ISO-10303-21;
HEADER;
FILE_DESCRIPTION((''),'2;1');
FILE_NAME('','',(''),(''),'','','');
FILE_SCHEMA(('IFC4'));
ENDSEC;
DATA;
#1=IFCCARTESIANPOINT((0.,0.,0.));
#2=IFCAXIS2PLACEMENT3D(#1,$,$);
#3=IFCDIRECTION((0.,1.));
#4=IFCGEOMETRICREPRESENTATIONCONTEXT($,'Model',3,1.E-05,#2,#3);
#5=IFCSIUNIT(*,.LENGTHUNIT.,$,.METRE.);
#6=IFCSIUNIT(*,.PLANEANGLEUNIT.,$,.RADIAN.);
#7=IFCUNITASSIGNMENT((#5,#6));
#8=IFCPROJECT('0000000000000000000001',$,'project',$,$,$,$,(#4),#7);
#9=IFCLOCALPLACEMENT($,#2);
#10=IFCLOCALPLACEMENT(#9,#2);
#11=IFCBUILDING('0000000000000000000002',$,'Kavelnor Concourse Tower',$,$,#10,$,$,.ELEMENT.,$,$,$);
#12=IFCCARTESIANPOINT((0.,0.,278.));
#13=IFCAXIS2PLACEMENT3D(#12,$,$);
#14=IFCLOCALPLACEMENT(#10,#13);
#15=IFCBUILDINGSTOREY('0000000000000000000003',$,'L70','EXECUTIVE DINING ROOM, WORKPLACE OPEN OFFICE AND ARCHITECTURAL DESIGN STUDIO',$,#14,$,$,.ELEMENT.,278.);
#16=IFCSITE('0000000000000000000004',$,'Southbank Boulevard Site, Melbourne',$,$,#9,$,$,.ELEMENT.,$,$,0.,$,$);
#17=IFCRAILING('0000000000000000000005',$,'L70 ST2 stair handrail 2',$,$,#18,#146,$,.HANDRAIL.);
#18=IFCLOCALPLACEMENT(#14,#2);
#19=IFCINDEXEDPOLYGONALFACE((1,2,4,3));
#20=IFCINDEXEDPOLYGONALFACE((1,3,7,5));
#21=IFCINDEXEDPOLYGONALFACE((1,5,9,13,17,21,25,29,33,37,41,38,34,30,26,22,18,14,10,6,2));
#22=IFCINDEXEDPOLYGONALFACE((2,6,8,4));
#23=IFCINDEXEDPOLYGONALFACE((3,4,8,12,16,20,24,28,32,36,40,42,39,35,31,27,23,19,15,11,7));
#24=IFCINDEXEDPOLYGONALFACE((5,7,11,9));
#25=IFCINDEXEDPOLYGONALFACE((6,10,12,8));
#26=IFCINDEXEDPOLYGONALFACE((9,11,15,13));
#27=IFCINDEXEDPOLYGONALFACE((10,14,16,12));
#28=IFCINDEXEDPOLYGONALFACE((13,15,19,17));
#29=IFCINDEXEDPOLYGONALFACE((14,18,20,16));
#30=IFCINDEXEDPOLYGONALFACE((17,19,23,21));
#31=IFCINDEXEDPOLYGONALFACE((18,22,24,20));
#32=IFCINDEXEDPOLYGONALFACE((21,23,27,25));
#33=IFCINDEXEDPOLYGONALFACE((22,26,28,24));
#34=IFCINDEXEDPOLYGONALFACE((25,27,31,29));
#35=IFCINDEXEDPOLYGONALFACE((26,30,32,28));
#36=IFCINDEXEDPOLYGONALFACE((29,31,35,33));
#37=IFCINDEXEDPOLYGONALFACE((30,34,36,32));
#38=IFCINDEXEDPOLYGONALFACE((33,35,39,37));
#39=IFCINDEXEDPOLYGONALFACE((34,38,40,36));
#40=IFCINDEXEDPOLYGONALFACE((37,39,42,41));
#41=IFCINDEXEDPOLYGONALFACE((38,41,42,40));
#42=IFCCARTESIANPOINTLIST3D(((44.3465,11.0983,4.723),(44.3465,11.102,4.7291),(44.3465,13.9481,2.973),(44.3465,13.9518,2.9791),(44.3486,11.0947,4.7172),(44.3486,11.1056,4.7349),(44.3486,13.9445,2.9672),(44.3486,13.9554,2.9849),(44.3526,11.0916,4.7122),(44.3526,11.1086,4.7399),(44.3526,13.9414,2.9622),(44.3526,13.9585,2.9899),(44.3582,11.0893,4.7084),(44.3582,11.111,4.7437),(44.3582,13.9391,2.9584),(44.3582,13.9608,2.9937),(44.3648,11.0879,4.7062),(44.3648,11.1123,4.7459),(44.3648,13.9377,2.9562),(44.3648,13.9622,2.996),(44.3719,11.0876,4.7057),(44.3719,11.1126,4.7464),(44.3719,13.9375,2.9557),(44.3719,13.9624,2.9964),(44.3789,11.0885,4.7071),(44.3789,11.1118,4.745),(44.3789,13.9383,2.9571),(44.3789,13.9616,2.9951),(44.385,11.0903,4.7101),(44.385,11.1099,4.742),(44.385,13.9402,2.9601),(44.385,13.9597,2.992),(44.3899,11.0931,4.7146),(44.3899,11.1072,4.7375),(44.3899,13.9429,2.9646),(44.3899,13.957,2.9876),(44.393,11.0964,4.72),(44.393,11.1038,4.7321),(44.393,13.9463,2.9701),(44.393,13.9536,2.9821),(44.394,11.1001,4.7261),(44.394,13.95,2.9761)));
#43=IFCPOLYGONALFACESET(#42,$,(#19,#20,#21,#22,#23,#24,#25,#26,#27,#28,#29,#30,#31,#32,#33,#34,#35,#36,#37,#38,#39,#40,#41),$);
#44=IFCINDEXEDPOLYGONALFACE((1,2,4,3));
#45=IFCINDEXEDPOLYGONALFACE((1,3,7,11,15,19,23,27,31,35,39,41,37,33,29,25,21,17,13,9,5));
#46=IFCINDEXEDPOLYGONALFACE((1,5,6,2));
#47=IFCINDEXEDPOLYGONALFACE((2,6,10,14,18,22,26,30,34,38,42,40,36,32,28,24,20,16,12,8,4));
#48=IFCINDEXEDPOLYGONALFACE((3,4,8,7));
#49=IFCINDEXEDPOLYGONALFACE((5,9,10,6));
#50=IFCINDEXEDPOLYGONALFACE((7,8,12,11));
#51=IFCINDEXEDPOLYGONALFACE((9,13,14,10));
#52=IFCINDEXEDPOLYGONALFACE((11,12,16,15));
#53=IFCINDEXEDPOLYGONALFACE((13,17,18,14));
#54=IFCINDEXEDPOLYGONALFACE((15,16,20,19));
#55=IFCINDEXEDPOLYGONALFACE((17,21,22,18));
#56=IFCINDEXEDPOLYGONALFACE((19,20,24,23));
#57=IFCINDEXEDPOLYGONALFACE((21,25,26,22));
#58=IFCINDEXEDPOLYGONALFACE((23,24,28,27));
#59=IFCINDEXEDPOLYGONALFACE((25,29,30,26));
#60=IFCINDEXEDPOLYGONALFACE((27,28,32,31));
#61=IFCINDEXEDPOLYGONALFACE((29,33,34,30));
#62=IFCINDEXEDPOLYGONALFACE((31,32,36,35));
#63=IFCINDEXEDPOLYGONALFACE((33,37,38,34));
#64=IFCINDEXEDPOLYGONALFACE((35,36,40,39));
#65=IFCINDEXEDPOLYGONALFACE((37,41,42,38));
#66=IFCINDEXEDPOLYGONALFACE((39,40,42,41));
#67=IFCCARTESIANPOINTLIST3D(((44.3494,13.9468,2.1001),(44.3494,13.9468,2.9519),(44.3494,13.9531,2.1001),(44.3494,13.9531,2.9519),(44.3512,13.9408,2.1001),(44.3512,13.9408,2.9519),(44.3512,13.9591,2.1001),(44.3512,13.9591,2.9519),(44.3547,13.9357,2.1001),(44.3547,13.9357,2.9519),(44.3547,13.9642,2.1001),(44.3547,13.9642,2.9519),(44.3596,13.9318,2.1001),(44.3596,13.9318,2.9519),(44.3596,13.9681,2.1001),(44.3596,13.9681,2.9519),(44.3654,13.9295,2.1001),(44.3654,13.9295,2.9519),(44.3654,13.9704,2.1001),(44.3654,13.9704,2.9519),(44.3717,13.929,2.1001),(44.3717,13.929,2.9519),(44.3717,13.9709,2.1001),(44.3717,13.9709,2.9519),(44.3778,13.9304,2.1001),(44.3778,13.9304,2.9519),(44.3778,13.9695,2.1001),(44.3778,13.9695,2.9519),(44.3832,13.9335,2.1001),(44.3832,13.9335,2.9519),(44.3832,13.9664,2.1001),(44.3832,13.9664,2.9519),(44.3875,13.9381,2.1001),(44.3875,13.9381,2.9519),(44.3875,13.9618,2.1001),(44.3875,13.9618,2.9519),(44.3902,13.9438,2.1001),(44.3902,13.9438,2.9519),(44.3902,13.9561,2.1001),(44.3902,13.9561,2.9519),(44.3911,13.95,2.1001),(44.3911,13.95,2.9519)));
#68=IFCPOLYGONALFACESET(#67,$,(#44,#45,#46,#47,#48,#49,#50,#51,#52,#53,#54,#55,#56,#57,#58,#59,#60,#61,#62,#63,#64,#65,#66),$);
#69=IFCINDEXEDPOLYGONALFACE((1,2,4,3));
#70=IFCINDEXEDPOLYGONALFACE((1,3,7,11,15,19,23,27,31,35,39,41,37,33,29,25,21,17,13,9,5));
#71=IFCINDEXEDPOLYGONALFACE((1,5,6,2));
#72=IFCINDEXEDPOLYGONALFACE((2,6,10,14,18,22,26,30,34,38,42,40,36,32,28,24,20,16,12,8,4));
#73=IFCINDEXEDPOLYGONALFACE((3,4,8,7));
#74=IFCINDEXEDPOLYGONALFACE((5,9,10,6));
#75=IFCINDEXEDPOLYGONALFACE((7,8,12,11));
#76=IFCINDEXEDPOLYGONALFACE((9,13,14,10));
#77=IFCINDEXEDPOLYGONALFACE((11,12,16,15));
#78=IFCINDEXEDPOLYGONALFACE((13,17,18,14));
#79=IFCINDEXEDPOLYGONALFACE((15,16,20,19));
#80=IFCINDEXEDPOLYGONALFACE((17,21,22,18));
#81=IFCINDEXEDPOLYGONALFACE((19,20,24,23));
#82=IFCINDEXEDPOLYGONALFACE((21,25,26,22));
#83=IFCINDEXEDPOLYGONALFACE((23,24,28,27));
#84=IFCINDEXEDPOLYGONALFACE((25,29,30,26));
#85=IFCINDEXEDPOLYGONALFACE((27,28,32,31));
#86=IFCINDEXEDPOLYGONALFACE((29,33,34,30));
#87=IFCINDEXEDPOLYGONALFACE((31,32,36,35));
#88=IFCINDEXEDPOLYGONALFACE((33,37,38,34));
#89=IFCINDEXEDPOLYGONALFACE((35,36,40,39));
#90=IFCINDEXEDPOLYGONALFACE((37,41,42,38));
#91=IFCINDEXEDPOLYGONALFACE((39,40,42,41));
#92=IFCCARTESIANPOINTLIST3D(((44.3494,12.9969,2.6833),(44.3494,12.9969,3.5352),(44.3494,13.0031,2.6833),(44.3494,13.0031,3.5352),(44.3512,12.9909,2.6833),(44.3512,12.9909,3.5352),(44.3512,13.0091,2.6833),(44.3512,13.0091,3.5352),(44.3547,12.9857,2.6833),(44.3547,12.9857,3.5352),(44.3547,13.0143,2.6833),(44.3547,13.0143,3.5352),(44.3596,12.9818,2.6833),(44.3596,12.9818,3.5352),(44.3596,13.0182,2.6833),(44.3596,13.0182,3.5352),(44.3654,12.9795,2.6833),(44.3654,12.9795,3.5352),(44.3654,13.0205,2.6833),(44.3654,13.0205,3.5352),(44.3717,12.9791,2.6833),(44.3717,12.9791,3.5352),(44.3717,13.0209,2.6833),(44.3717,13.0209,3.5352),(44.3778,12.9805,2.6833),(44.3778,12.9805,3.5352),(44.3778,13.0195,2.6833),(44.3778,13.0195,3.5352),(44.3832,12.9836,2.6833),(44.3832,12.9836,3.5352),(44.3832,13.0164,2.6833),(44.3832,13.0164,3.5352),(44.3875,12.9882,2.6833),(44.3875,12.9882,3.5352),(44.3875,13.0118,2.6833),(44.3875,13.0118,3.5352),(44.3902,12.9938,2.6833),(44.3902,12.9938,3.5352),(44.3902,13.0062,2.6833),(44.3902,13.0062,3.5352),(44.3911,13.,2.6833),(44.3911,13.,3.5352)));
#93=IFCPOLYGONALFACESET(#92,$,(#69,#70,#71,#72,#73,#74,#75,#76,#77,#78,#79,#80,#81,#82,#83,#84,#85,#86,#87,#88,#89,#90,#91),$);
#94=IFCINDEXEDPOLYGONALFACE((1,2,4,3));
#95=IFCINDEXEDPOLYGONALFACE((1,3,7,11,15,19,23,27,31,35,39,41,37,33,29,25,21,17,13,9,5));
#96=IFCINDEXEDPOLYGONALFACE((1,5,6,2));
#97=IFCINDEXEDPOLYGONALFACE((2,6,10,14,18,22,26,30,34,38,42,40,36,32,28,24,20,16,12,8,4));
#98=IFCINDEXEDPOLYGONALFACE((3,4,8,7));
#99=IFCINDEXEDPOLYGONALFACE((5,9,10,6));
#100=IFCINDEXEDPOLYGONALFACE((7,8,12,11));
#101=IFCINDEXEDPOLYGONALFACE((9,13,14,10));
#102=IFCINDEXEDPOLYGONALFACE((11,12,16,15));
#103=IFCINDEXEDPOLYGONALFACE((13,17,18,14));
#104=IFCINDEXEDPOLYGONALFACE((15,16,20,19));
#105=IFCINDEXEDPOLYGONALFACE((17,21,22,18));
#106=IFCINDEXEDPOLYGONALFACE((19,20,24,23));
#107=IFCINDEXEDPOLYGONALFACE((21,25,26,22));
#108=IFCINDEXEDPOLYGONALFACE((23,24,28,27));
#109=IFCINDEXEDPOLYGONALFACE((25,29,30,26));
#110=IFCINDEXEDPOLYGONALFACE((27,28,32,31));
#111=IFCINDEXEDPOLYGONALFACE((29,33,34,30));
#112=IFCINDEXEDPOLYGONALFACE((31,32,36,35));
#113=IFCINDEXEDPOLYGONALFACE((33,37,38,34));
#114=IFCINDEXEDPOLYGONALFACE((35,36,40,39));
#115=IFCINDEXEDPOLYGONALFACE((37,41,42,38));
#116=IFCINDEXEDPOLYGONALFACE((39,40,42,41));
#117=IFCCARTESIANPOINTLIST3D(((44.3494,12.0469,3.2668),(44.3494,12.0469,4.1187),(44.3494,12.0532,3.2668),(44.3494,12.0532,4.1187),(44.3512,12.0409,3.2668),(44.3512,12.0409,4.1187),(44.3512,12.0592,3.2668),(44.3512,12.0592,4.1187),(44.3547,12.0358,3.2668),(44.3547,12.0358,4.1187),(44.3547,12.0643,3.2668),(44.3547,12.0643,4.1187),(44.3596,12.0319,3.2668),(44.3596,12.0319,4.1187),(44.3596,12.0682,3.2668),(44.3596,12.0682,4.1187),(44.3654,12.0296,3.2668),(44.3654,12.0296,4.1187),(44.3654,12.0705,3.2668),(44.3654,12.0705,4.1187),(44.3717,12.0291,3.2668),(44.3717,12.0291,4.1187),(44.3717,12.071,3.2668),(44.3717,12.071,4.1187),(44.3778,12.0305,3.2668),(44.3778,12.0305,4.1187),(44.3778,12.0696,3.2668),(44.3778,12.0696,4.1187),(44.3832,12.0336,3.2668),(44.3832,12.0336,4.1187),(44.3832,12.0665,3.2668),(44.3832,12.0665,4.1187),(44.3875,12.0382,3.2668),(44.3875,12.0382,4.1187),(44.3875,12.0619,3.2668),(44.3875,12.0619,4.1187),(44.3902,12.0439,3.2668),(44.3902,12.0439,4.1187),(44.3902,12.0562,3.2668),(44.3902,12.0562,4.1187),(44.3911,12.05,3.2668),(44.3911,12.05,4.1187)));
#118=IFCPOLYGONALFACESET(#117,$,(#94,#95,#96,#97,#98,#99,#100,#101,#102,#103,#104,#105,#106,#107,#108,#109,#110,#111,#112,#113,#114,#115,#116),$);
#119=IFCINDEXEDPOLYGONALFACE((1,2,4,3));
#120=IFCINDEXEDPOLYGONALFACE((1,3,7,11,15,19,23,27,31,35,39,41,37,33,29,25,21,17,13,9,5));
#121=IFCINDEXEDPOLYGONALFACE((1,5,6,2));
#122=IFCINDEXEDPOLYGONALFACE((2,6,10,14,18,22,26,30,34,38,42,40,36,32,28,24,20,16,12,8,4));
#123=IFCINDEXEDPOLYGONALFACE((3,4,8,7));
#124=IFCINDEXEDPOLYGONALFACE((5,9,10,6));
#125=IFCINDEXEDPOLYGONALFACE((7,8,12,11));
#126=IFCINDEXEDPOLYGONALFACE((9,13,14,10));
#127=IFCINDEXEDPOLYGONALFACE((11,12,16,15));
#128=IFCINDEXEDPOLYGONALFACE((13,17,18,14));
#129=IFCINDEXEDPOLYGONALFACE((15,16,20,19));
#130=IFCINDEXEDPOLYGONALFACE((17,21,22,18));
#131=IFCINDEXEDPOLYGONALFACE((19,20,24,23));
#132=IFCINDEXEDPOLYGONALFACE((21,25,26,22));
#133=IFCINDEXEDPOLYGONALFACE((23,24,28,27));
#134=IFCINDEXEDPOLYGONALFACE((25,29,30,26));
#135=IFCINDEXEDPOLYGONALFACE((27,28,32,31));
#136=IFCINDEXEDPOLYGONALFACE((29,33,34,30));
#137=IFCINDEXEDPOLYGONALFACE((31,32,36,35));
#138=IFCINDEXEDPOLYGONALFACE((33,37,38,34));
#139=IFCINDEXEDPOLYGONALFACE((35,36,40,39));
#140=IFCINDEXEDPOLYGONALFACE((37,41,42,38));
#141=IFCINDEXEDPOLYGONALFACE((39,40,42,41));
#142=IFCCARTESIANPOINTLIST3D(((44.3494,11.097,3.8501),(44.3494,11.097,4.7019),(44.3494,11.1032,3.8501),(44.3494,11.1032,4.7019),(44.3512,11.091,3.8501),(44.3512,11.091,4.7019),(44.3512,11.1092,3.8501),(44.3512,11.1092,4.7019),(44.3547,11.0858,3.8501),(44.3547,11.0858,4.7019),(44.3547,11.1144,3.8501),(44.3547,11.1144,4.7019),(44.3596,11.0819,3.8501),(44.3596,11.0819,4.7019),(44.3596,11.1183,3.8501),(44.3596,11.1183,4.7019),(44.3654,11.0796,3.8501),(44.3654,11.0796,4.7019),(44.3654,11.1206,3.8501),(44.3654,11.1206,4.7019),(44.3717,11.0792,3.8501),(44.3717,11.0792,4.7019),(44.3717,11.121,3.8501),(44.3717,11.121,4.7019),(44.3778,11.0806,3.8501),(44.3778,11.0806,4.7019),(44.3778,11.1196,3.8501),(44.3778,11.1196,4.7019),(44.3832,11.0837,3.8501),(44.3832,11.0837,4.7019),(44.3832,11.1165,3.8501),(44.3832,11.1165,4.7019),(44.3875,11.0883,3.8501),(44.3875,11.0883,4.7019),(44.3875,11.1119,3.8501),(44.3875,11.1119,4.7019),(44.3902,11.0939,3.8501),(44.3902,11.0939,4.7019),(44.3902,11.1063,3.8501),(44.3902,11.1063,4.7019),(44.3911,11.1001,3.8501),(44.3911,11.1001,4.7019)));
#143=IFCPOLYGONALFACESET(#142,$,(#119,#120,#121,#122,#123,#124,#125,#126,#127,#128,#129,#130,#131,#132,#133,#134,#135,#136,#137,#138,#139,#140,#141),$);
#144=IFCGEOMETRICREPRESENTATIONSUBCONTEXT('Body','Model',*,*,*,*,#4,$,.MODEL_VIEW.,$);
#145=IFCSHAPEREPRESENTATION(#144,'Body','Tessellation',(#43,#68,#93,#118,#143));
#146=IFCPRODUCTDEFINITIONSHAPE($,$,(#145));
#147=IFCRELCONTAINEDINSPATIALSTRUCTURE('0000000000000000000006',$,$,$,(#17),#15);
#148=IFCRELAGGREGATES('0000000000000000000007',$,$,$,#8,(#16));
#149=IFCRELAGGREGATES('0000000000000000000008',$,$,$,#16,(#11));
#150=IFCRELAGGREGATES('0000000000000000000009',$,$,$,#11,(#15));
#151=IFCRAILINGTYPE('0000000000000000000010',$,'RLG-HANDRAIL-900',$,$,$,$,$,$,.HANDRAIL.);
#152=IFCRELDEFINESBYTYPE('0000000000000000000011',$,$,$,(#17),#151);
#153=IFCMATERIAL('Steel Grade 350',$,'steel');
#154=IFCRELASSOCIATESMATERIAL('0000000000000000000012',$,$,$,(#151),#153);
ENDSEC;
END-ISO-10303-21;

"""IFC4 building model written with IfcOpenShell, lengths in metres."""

from ifc_helpers import new_model, si_unit, direction, frame, origin, origin_2d, place, context, subcontext, project, spatial, circle, extrude, material, type_object, element, save


model = new_model("IFC4")

# Units and contexts
model_context = context("Model", 3, precision=1e-05, world=origin(), true_north=direction((0.0, 1.0)))
body_context = subcontext(model_context, "Body", "Model", "MODEL_VIEW")
ifc_project = project(units=[si_unit("LENGTHUNIT", "METRE"), si_unit("PLANEANGLEUNIT", "RADIAN")], contexts=[model_context])

# Site, building, storey
site_placement = place(None, origin())
site = spatial("IfcSite", under=ifc_project, at=site_placement, Name="Southbank Boulevard Site, Melbourne", CompositionType="ELEMENT", RefElevation=0.0)
building_placement = place(site_placement, origin())
building = spatial("IfcBuilding", under=site, at=building_placement, Name="Kavelnor Concourse Tower", CompositionType="ELEMENT")
storey_placement = place(building_placement, frame((0.0, 0.0, 278.0)))
storey = spatial("IfcBuildingStorey", under=building, at=storey_placement, Name="L70", Description="EXECUTIVE DINING ROOM, WORKPLACE OPEN OFFICE AND ARCHITECTURAL DESIGN STUDIO", CompositionType="ELEMENT", Elevation=278.0)

# Shared definitions
ifc_material_1 = material(Name="Steel Grade 350", Category="steel")

# Railing
railing_type_1 = type_object("IfcRailingType", Name="RLG-HANDRAIL-900", PredefinedType="HANDRAIL", material=ifc_material_1)
railing_1_placement = place(storey_placement, frame((44.3701, 13.95, 2.1001)))
element("IfcRailing", 1, at=railing_1_placement, inside=storey, type_object=railing_type_1, Name="L70 ST2 stair handrail 2", PredefinedType="HANDRAIL", context=body_context, shape_type="SweptSolid", body=[
    extrude(circle(Radius=0.0239, at=origin_2d()), frame((0.0, 0.0, 0.876), z_axis=(0.0, -0.852159, 0.523283), x_axis=(1.0, 0.0, 0.0)), (0.0, 0.0, 1.0), 3.3442),
    extrude(circle(Radius=0.021, at=origin_2d()), origin(), (0.0, 0.0, 1.0), 0.8518),
    extrude(circle(Radius=0.021, at=origin_2d()), frame((0.0, -0.95, 0.5833)), (0.0, 0.0, 1.0), 0.8518),
    extrude(circle(Radius=0.021, at=origin_2d()), frame((0.0, -1.8999, 1.1667)), (0.0, 0.0, 1.0), 0.8518),
    extrude(circle(Radius=0.021, at=origin_2d()), frame((0.0, -2.8499, 1.75)), (0.0, 0.0, 1.0), 0.8518),
])

save(model, "model.ifc")
